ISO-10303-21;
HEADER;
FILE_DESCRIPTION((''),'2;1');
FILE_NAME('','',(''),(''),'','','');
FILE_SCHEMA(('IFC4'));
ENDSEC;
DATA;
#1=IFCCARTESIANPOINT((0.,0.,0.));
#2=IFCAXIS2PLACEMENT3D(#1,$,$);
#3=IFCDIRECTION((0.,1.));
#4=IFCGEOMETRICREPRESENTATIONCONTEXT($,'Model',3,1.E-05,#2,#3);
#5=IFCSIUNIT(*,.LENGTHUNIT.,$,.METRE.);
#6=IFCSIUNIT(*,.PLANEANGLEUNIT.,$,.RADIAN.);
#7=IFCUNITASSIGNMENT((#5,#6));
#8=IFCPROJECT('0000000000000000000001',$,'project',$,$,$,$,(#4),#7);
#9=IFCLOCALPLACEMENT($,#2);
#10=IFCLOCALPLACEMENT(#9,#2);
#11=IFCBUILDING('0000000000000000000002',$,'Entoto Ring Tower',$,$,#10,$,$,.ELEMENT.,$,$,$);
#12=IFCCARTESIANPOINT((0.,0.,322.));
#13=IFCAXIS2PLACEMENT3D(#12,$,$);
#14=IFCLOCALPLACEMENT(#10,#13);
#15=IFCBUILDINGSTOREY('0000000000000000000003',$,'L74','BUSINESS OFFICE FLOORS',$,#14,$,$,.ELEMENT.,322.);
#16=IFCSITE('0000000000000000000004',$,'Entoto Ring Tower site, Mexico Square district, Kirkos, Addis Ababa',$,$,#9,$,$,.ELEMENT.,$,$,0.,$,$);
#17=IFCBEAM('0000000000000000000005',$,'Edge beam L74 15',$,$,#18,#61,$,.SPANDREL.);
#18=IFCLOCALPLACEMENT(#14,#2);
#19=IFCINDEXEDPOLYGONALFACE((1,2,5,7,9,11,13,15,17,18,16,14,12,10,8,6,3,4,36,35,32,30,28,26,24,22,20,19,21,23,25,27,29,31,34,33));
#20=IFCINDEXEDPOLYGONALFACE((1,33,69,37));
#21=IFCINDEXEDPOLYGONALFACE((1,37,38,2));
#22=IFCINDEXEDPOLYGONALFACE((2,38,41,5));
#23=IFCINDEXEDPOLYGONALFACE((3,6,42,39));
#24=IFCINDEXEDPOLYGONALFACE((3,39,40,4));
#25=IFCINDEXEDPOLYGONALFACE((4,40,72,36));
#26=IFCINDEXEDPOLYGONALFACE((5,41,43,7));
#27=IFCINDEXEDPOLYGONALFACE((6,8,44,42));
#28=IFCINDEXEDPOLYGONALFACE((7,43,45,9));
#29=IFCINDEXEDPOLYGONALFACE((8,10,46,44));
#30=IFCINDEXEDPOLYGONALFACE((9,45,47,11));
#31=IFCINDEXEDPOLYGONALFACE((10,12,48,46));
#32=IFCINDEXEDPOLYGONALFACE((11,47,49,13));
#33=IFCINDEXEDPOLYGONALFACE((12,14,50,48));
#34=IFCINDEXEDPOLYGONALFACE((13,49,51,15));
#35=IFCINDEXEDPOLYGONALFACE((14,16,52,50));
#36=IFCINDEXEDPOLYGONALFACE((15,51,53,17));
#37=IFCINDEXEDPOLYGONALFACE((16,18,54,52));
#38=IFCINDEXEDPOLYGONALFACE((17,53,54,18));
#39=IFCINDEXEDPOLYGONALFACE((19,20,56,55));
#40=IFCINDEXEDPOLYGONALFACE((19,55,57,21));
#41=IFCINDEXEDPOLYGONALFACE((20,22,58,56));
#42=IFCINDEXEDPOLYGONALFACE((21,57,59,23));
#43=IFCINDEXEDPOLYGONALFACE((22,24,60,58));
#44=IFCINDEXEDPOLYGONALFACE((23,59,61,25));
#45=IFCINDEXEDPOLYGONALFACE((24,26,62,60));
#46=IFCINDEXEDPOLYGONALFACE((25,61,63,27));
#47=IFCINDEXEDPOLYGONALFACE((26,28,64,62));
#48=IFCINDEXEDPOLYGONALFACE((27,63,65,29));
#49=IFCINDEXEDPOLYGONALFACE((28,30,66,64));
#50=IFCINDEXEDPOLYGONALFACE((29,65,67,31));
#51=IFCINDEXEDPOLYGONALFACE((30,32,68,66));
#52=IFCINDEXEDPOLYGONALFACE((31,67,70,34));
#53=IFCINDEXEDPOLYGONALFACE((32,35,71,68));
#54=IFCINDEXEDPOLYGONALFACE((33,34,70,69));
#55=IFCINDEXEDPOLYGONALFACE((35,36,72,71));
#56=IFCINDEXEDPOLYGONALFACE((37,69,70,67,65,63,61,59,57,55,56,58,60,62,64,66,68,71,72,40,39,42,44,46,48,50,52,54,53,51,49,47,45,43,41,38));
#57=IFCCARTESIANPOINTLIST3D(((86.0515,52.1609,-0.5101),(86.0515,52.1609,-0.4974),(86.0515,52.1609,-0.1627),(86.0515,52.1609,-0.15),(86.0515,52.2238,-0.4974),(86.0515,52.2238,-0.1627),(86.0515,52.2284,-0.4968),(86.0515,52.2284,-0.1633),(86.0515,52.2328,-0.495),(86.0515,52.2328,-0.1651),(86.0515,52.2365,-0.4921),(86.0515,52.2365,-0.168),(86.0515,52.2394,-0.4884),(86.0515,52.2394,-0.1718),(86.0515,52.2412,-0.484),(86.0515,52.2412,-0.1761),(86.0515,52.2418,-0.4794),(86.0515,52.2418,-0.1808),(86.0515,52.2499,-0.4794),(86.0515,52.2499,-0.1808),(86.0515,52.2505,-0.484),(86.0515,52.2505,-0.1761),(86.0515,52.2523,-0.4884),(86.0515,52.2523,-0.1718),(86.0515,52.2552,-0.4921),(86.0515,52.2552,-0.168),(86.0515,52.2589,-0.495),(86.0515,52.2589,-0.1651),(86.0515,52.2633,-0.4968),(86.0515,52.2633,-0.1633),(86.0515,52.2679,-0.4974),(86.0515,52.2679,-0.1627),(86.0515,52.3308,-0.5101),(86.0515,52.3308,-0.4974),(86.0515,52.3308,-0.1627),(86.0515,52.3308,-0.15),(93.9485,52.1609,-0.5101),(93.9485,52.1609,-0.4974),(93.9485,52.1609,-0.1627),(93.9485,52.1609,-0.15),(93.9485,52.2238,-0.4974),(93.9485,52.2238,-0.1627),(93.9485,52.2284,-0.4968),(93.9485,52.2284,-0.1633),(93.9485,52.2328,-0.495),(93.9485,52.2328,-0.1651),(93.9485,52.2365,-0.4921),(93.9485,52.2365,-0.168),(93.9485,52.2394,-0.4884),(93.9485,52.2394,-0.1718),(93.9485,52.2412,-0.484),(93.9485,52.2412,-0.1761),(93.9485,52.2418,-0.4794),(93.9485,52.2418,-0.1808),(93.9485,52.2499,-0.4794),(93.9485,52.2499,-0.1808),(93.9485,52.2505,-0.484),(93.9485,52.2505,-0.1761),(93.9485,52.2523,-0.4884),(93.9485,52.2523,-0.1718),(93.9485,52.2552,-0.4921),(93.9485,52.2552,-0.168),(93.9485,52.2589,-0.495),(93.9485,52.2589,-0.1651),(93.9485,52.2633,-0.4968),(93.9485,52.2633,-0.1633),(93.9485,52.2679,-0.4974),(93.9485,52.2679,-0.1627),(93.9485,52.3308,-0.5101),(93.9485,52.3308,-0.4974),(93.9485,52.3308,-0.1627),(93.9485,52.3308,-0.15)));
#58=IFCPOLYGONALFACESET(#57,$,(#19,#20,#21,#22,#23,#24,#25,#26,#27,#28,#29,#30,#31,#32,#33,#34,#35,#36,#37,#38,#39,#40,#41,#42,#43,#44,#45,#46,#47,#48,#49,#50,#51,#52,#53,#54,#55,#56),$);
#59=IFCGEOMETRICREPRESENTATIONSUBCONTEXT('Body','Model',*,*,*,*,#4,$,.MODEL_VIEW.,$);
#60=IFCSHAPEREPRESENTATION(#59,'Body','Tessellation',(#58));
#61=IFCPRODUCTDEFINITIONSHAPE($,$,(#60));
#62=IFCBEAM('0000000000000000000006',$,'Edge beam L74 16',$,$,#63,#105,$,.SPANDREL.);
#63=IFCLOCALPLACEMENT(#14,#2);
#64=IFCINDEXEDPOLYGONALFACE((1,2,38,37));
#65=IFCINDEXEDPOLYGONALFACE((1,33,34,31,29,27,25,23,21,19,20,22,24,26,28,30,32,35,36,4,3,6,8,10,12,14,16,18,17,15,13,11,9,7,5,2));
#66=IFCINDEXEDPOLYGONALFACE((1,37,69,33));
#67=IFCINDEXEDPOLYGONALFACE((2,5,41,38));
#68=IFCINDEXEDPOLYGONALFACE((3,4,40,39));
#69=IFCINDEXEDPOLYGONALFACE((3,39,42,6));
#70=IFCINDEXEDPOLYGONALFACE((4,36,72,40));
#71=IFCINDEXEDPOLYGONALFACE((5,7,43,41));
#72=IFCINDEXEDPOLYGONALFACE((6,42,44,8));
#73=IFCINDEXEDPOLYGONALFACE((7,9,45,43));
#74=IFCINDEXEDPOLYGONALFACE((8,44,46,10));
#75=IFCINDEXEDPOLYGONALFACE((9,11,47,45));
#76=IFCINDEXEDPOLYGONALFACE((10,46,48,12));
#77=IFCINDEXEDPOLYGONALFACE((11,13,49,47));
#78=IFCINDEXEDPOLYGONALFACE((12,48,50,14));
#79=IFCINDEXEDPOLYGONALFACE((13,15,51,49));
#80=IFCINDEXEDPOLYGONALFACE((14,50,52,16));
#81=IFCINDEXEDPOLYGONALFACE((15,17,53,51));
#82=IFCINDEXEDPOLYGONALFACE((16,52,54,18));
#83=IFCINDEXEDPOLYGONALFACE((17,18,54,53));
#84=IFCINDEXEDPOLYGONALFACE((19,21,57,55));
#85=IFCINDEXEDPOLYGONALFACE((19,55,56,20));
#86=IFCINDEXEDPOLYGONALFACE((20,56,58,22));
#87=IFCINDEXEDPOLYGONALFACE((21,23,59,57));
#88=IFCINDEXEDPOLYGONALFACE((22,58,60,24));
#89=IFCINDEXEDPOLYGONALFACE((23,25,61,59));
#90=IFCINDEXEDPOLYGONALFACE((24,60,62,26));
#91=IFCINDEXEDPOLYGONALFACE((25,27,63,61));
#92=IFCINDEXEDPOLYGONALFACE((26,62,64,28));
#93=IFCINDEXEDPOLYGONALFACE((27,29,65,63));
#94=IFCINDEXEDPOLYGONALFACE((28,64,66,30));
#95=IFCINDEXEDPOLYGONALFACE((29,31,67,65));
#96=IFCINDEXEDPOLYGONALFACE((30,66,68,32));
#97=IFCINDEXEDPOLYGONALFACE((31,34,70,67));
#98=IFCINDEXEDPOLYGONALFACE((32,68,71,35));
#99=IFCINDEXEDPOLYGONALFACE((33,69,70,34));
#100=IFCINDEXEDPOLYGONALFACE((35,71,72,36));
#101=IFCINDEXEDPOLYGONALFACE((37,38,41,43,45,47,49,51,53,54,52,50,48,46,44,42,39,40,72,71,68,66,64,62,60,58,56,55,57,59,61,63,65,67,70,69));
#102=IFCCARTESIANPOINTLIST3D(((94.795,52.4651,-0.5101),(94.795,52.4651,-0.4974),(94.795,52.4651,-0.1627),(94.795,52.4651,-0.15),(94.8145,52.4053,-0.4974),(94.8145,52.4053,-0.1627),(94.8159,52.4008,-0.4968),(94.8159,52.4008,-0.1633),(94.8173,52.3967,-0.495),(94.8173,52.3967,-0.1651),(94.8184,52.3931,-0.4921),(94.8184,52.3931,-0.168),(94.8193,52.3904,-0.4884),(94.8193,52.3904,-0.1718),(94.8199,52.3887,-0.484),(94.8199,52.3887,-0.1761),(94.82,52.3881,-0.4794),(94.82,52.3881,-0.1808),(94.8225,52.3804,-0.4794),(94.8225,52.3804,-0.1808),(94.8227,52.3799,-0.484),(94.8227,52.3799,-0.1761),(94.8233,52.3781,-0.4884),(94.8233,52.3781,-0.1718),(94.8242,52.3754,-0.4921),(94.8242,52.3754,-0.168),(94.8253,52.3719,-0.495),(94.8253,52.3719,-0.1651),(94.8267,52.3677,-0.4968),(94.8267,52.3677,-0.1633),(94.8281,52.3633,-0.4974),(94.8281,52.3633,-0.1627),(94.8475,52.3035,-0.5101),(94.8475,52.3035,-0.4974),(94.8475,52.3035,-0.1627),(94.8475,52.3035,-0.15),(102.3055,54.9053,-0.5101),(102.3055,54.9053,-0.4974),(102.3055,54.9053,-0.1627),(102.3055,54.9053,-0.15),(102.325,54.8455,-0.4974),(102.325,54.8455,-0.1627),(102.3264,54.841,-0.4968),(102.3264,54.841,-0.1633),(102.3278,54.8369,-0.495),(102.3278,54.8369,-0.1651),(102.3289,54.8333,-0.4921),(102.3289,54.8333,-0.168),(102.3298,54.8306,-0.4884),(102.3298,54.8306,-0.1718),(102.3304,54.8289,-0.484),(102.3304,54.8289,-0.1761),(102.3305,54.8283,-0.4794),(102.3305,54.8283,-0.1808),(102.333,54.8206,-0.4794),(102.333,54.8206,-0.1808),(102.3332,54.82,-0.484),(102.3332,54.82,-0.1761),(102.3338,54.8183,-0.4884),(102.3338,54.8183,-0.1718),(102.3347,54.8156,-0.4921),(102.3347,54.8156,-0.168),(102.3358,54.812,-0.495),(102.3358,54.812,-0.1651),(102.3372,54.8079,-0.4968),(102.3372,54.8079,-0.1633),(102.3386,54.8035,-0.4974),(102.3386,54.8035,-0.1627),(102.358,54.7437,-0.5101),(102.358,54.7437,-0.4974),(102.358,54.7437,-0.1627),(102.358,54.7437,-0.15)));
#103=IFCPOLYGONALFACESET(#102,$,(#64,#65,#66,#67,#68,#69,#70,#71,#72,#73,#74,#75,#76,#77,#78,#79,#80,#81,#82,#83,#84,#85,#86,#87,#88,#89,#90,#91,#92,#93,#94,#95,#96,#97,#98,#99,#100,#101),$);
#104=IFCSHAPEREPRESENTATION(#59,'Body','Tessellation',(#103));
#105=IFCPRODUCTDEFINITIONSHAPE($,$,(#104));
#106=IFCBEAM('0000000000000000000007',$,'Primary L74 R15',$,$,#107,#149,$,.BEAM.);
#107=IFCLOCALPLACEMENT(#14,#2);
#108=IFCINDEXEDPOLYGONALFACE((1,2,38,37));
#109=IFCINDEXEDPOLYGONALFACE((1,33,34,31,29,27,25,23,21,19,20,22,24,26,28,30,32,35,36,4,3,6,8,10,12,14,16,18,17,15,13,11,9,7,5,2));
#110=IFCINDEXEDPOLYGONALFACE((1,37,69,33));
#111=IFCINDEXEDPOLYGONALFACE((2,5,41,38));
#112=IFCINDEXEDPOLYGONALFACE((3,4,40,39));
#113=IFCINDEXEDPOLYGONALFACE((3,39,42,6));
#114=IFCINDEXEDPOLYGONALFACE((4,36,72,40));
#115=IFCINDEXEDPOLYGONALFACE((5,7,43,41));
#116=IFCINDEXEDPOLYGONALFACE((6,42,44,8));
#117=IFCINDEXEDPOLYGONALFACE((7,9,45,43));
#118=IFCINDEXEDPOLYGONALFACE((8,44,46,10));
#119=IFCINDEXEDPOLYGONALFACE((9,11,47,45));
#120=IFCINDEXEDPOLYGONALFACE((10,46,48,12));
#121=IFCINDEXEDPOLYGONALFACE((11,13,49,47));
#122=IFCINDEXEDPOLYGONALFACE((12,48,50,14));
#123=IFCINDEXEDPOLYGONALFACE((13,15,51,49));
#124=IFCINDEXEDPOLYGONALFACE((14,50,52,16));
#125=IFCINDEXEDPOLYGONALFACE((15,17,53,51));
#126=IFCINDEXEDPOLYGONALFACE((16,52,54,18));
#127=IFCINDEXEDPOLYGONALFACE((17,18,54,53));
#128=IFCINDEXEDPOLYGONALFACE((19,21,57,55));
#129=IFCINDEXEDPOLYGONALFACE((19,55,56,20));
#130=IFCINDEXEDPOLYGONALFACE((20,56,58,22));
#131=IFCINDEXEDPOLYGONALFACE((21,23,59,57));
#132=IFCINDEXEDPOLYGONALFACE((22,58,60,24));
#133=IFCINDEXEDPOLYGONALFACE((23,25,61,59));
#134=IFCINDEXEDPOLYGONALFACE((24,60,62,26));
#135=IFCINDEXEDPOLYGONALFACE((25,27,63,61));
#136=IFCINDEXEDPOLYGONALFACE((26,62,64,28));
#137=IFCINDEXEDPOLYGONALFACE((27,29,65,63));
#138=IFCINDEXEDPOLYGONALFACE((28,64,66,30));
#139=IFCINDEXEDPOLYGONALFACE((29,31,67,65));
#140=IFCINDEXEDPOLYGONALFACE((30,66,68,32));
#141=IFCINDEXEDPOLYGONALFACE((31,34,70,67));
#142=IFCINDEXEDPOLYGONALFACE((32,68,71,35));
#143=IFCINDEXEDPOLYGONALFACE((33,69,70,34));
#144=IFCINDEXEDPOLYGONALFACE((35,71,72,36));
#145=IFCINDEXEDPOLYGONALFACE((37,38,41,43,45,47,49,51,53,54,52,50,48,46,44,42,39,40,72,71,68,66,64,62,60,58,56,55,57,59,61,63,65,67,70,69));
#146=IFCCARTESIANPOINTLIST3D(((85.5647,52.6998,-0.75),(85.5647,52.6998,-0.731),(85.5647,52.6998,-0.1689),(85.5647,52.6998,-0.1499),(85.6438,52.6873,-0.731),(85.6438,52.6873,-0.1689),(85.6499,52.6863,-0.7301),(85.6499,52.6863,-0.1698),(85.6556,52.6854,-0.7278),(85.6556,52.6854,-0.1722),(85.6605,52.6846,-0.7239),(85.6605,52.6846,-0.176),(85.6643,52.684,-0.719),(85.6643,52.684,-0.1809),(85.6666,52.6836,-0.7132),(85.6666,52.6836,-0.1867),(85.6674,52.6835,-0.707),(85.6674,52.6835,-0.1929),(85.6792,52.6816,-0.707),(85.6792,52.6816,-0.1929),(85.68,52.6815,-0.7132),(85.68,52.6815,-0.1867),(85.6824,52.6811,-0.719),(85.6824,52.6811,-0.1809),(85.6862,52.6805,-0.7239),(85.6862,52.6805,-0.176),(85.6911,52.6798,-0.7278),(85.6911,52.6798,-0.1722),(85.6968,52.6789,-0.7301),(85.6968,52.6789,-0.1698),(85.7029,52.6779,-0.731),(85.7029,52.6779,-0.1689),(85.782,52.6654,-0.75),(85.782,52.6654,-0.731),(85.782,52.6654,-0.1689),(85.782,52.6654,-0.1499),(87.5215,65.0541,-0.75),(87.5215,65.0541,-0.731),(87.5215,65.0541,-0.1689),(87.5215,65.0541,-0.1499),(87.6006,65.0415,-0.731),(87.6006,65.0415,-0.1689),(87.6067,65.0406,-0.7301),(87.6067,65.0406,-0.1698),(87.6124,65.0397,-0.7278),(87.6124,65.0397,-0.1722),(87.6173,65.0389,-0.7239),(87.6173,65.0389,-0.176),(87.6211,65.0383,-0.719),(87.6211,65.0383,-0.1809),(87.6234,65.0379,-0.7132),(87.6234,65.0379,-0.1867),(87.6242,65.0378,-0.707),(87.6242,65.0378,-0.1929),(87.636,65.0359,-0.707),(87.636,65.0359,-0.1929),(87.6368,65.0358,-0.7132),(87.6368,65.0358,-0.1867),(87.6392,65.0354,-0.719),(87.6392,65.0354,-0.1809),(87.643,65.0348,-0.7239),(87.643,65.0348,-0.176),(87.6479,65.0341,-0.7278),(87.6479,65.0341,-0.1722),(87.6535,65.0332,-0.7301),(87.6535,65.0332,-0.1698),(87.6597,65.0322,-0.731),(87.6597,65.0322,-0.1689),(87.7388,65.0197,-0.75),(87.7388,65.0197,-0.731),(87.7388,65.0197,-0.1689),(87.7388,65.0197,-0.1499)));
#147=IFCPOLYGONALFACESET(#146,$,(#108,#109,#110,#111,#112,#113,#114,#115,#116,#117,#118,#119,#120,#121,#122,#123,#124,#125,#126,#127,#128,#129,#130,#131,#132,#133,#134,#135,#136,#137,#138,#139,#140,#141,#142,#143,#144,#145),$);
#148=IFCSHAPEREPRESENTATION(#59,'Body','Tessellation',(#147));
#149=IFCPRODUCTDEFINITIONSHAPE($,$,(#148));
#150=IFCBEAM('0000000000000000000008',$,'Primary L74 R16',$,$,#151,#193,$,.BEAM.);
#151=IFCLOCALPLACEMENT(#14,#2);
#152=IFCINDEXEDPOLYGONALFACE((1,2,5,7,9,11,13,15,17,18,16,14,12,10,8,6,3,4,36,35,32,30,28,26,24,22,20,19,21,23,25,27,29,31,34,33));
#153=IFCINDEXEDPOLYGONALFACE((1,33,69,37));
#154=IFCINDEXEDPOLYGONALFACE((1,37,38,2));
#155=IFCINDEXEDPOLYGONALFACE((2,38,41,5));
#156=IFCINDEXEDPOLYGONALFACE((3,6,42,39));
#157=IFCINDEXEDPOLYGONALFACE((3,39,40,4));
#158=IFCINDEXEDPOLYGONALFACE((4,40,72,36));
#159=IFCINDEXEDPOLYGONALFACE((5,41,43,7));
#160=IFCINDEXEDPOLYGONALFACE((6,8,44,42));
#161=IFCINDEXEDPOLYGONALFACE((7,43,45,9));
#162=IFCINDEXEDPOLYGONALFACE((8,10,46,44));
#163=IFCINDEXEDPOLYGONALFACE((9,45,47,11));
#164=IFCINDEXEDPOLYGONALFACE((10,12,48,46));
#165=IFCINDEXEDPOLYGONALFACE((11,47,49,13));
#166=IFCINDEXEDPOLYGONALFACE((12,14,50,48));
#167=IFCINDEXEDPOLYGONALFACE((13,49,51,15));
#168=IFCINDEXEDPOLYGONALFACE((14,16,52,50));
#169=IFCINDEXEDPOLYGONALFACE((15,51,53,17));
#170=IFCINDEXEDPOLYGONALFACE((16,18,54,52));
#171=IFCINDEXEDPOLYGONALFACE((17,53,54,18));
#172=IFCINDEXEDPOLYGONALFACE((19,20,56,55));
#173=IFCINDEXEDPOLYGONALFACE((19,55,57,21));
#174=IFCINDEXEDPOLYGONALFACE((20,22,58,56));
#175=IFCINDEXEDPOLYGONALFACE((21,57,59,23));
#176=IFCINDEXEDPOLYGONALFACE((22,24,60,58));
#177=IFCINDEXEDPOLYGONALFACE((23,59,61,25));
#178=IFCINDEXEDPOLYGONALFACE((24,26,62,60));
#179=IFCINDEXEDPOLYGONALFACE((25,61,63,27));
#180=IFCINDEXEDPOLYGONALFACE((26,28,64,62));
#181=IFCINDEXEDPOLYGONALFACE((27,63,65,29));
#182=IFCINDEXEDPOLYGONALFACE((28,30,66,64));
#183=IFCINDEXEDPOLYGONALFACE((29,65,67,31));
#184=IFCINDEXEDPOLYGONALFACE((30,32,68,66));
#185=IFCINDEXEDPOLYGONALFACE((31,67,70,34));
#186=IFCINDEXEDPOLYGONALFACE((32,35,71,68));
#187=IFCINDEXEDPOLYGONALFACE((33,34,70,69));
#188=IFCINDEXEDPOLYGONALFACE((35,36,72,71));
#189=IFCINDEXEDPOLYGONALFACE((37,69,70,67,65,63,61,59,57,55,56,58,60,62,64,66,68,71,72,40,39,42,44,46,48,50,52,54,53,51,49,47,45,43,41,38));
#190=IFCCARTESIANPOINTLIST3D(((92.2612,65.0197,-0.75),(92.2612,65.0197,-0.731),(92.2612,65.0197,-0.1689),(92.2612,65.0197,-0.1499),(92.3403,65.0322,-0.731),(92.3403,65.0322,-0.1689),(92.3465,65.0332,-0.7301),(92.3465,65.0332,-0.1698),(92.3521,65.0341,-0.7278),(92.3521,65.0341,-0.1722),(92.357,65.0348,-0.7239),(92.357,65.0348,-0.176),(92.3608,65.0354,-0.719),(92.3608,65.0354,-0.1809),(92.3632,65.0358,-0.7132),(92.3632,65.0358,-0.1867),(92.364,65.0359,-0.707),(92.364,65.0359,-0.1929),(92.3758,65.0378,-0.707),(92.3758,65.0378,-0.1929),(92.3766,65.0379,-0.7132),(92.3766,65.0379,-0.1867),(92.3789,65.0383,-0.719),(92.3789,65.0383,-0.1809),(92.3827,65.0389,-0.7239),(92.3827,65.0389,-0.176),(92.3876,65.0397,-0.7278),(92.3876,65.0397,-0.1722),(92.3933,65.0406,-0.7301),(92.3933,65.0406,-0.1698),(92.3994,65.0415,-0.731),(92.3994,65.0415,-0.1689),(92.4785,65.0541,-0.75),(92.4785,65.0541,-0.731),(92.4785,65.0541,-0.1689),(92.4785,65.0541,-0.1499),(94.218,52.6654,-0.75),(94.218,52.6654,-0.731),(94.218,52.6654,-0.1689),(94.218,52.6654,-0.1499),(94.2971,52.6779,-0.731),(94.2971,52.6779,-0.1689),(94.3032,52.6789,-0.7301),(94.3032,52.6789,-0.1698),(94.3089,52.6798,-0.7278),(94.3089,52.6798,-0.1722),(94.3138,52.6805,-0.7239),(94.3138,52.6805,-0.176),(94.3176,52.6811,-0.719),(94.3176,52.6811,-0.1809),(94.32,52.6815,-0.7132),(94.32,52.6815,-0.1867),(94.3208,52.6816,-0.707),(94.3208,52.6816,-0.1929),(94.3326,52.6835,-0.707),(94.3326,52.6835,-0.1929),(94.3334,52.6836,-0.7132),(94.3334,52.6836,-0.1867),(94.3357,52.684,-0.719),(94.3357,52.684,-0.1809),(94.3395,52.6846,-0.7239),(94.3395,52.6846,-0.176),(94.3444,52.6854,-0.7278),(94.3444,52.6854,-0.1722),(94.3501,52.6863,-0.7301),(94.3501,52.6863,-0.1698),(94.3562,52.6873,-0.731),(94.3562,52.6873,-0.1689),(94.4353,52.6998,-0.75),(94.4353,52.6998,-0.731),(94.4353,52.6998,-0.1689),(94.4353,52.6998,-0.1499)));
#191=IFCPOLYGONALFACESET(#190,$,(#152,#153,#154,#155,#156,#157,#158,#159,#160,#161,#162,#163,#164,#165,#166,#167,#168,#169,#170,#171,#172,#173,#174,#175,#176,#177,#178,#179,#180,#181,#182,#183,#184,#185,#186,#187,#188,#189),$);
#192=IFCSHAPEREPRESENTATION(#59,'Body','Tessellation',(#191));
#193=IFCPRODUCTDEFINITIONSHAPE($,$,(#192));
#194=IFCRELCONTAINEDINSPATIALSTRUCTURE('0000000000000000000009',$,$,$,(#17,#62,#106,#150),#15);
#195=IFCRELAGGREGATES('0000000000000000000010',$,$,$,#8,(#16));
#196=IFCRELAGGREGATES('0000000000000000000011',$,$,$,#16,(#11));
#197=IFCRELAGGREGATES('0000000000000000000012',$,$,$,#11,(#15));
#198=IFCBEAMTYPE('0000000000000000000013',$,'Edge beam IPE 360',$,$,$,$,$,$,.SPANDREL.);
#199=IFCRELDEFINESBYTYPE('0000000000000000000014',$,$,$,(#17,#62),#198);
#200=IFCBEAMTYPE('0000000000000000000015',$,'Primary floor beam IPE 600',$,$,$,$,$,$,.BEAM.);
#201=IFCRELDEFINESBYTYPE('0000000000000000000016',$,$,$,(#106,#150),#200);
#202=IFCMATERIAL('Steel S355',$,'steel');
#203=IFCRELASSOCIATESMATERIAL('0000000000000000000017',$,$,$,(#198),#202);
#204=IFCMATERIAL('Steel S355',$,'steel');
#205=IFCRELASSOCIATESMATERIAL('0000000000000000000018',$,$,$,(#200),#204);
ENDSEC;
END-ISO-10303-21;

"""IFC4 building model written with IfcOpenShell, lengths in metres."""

from ifc_helpers import new_model, si_unit, direction, frame, origin, origin_2d, place, context, subcontext, project, spatial, i_section, extrude, material, material_profile, profile_set, type_object, element, save


model = new_model("IFC4")

# Units and contexts
model_context = context("Model", 3, precision=1e-05, world=origin(), true_north=direction((0.0, 1.0)))
body_context = subcontext(model_context, "Body", "Model", "MODEL_VIEW")
ifc_project = project(units=[si_unit("LENGTHUNIT", "METRE"), si_unit("PLANEANGLEUNIT", "RADIAN")], contexts=[model_context])

# Site, building, storey
site_placement = place(None, origin())
site = spatial("IfcSite", under=ifc_project, at=site_placement, Name="Entoto Ring Tower site, Mexico Square district, Kirkos, Addis Ababa", CompositionType="ELEMENT", RefElevation=0.0)
building_placement = place(site_placement, origin())
building = spatial("IfcBuilding", under=site, at=building_placement, Name="Entoto Ring Tower", CompositionType="ELEMENT")
storey_placement = place(building_placement, frame((0.0, 0.0, 322.0)))
storey = spatial("IfcBuildingStorey", under=building, at=storey_placement, Name="L74", Description="BUSINESS OFFICE FLOORS", CompositionType="ELEMENT", Elevation=322.0)

# Beams
ifc_material_1 = material(Name="Steel S355", Category="steel")
ifc_material_profile_1 = material_profile(ifc_material_1, i_section(OverallWidth=0.1699, OverallDepth=0.3601, WebThickness=0.0081, FlangeThickness=0.0127, FilletRadius=0.0181, at=origin_2d()), Name="IPE 360")
ifc_profile_set_1 = profile_set([ifc_material_profile_1], Name="Steel S355")
beam_type_1 = type_object("IfcBeamType", Name="Edge beam IPE 360", PredefinedType="SPANDREL", material=ifc_profile_set_1)
for number, where, z_axis, x_axis, name in (
    (1, (86.0515, 52.2458, -0.3301), (1.0, 0.0, 0.0), (0.0, 1.0, 0.0), "Edge beam L74 15"),
    (2, (94.8213, 52.3843, -0.3301), (0.951061, 0.309003, 0.0), (-0.309003, 0.951061, 0.0), "Edge beam L74 16"),
):
    element("IfcBeam", number, at=place(storey_placement, frame(where, z_axis=z_axis, x_axis=x_axis)), inside=storey, type_object=beam_type_1, Name=name, PredefinedType="SPANDREL", context=body_context, shape_type="SweptSolid", body=[
        extrude(i_section(OverallWidth=0.1699, OverallDepth=0.3601, WebThickness=0.0081, FlangeThickness=0.0127, FilletRadius=0.0181, at=origin_2d()), origin(), (0.0, 0.0, 1.0), 7.897),
    ])
ifc_material_2 = material(Name="Steel S355", Category="steel")
ifc_material_profile_2 = material_profile(ifc_material_2, i_section(OverallWidth=0.22, OverallDepth=0.6001, WebThickness=0.012, FlangeThickness=0.019, FilletRadius=0.0239, at=origin_2d()), Name="IPE 600")
ifc_profile_set_2 = profile_set([ifc_material_profile_2], Name="Steel S355")
beam_type_2 = type_object("IfcBeamType", Name="Primary floor beam IPE 600", PredefinedType="BEAM", material=ifc_profile_set_2)
for number, where, z_axis, x_axis, name in (
    (3, (87.6301, 65.0369, -0.45), (-0.15644, -0.987688, 0.0), (0.987688, -0.15644, 0.0), "Primary L74 R15"),
    (4, (92.3699, 65.0369, -0.45), (0.15644, -0.987688, 0.0), (0.987688, 0.15644, 0.0), "Primary L74 R16"),
):
    element("IfcBeam", number, at=place(storey_placement, frame(where, z_axis=z_axis, x_axis=x_axis)), inside=storey, type_object=beam_type_2, Name=name, PredefinedType="BEAM", context=body_context, shape_type="SweptSolid", body=[
        extrude(i_section(OverallWidth=0.22, OverallDepth=0.6001, WebThickness=0.012, FlangeThickness=0.019, FilletRadius=0.0239, at=origin_2d()), origin(), (0.0, 0.0, 1.0), 12.5083),
    ])

save(model, "model.ifc")
